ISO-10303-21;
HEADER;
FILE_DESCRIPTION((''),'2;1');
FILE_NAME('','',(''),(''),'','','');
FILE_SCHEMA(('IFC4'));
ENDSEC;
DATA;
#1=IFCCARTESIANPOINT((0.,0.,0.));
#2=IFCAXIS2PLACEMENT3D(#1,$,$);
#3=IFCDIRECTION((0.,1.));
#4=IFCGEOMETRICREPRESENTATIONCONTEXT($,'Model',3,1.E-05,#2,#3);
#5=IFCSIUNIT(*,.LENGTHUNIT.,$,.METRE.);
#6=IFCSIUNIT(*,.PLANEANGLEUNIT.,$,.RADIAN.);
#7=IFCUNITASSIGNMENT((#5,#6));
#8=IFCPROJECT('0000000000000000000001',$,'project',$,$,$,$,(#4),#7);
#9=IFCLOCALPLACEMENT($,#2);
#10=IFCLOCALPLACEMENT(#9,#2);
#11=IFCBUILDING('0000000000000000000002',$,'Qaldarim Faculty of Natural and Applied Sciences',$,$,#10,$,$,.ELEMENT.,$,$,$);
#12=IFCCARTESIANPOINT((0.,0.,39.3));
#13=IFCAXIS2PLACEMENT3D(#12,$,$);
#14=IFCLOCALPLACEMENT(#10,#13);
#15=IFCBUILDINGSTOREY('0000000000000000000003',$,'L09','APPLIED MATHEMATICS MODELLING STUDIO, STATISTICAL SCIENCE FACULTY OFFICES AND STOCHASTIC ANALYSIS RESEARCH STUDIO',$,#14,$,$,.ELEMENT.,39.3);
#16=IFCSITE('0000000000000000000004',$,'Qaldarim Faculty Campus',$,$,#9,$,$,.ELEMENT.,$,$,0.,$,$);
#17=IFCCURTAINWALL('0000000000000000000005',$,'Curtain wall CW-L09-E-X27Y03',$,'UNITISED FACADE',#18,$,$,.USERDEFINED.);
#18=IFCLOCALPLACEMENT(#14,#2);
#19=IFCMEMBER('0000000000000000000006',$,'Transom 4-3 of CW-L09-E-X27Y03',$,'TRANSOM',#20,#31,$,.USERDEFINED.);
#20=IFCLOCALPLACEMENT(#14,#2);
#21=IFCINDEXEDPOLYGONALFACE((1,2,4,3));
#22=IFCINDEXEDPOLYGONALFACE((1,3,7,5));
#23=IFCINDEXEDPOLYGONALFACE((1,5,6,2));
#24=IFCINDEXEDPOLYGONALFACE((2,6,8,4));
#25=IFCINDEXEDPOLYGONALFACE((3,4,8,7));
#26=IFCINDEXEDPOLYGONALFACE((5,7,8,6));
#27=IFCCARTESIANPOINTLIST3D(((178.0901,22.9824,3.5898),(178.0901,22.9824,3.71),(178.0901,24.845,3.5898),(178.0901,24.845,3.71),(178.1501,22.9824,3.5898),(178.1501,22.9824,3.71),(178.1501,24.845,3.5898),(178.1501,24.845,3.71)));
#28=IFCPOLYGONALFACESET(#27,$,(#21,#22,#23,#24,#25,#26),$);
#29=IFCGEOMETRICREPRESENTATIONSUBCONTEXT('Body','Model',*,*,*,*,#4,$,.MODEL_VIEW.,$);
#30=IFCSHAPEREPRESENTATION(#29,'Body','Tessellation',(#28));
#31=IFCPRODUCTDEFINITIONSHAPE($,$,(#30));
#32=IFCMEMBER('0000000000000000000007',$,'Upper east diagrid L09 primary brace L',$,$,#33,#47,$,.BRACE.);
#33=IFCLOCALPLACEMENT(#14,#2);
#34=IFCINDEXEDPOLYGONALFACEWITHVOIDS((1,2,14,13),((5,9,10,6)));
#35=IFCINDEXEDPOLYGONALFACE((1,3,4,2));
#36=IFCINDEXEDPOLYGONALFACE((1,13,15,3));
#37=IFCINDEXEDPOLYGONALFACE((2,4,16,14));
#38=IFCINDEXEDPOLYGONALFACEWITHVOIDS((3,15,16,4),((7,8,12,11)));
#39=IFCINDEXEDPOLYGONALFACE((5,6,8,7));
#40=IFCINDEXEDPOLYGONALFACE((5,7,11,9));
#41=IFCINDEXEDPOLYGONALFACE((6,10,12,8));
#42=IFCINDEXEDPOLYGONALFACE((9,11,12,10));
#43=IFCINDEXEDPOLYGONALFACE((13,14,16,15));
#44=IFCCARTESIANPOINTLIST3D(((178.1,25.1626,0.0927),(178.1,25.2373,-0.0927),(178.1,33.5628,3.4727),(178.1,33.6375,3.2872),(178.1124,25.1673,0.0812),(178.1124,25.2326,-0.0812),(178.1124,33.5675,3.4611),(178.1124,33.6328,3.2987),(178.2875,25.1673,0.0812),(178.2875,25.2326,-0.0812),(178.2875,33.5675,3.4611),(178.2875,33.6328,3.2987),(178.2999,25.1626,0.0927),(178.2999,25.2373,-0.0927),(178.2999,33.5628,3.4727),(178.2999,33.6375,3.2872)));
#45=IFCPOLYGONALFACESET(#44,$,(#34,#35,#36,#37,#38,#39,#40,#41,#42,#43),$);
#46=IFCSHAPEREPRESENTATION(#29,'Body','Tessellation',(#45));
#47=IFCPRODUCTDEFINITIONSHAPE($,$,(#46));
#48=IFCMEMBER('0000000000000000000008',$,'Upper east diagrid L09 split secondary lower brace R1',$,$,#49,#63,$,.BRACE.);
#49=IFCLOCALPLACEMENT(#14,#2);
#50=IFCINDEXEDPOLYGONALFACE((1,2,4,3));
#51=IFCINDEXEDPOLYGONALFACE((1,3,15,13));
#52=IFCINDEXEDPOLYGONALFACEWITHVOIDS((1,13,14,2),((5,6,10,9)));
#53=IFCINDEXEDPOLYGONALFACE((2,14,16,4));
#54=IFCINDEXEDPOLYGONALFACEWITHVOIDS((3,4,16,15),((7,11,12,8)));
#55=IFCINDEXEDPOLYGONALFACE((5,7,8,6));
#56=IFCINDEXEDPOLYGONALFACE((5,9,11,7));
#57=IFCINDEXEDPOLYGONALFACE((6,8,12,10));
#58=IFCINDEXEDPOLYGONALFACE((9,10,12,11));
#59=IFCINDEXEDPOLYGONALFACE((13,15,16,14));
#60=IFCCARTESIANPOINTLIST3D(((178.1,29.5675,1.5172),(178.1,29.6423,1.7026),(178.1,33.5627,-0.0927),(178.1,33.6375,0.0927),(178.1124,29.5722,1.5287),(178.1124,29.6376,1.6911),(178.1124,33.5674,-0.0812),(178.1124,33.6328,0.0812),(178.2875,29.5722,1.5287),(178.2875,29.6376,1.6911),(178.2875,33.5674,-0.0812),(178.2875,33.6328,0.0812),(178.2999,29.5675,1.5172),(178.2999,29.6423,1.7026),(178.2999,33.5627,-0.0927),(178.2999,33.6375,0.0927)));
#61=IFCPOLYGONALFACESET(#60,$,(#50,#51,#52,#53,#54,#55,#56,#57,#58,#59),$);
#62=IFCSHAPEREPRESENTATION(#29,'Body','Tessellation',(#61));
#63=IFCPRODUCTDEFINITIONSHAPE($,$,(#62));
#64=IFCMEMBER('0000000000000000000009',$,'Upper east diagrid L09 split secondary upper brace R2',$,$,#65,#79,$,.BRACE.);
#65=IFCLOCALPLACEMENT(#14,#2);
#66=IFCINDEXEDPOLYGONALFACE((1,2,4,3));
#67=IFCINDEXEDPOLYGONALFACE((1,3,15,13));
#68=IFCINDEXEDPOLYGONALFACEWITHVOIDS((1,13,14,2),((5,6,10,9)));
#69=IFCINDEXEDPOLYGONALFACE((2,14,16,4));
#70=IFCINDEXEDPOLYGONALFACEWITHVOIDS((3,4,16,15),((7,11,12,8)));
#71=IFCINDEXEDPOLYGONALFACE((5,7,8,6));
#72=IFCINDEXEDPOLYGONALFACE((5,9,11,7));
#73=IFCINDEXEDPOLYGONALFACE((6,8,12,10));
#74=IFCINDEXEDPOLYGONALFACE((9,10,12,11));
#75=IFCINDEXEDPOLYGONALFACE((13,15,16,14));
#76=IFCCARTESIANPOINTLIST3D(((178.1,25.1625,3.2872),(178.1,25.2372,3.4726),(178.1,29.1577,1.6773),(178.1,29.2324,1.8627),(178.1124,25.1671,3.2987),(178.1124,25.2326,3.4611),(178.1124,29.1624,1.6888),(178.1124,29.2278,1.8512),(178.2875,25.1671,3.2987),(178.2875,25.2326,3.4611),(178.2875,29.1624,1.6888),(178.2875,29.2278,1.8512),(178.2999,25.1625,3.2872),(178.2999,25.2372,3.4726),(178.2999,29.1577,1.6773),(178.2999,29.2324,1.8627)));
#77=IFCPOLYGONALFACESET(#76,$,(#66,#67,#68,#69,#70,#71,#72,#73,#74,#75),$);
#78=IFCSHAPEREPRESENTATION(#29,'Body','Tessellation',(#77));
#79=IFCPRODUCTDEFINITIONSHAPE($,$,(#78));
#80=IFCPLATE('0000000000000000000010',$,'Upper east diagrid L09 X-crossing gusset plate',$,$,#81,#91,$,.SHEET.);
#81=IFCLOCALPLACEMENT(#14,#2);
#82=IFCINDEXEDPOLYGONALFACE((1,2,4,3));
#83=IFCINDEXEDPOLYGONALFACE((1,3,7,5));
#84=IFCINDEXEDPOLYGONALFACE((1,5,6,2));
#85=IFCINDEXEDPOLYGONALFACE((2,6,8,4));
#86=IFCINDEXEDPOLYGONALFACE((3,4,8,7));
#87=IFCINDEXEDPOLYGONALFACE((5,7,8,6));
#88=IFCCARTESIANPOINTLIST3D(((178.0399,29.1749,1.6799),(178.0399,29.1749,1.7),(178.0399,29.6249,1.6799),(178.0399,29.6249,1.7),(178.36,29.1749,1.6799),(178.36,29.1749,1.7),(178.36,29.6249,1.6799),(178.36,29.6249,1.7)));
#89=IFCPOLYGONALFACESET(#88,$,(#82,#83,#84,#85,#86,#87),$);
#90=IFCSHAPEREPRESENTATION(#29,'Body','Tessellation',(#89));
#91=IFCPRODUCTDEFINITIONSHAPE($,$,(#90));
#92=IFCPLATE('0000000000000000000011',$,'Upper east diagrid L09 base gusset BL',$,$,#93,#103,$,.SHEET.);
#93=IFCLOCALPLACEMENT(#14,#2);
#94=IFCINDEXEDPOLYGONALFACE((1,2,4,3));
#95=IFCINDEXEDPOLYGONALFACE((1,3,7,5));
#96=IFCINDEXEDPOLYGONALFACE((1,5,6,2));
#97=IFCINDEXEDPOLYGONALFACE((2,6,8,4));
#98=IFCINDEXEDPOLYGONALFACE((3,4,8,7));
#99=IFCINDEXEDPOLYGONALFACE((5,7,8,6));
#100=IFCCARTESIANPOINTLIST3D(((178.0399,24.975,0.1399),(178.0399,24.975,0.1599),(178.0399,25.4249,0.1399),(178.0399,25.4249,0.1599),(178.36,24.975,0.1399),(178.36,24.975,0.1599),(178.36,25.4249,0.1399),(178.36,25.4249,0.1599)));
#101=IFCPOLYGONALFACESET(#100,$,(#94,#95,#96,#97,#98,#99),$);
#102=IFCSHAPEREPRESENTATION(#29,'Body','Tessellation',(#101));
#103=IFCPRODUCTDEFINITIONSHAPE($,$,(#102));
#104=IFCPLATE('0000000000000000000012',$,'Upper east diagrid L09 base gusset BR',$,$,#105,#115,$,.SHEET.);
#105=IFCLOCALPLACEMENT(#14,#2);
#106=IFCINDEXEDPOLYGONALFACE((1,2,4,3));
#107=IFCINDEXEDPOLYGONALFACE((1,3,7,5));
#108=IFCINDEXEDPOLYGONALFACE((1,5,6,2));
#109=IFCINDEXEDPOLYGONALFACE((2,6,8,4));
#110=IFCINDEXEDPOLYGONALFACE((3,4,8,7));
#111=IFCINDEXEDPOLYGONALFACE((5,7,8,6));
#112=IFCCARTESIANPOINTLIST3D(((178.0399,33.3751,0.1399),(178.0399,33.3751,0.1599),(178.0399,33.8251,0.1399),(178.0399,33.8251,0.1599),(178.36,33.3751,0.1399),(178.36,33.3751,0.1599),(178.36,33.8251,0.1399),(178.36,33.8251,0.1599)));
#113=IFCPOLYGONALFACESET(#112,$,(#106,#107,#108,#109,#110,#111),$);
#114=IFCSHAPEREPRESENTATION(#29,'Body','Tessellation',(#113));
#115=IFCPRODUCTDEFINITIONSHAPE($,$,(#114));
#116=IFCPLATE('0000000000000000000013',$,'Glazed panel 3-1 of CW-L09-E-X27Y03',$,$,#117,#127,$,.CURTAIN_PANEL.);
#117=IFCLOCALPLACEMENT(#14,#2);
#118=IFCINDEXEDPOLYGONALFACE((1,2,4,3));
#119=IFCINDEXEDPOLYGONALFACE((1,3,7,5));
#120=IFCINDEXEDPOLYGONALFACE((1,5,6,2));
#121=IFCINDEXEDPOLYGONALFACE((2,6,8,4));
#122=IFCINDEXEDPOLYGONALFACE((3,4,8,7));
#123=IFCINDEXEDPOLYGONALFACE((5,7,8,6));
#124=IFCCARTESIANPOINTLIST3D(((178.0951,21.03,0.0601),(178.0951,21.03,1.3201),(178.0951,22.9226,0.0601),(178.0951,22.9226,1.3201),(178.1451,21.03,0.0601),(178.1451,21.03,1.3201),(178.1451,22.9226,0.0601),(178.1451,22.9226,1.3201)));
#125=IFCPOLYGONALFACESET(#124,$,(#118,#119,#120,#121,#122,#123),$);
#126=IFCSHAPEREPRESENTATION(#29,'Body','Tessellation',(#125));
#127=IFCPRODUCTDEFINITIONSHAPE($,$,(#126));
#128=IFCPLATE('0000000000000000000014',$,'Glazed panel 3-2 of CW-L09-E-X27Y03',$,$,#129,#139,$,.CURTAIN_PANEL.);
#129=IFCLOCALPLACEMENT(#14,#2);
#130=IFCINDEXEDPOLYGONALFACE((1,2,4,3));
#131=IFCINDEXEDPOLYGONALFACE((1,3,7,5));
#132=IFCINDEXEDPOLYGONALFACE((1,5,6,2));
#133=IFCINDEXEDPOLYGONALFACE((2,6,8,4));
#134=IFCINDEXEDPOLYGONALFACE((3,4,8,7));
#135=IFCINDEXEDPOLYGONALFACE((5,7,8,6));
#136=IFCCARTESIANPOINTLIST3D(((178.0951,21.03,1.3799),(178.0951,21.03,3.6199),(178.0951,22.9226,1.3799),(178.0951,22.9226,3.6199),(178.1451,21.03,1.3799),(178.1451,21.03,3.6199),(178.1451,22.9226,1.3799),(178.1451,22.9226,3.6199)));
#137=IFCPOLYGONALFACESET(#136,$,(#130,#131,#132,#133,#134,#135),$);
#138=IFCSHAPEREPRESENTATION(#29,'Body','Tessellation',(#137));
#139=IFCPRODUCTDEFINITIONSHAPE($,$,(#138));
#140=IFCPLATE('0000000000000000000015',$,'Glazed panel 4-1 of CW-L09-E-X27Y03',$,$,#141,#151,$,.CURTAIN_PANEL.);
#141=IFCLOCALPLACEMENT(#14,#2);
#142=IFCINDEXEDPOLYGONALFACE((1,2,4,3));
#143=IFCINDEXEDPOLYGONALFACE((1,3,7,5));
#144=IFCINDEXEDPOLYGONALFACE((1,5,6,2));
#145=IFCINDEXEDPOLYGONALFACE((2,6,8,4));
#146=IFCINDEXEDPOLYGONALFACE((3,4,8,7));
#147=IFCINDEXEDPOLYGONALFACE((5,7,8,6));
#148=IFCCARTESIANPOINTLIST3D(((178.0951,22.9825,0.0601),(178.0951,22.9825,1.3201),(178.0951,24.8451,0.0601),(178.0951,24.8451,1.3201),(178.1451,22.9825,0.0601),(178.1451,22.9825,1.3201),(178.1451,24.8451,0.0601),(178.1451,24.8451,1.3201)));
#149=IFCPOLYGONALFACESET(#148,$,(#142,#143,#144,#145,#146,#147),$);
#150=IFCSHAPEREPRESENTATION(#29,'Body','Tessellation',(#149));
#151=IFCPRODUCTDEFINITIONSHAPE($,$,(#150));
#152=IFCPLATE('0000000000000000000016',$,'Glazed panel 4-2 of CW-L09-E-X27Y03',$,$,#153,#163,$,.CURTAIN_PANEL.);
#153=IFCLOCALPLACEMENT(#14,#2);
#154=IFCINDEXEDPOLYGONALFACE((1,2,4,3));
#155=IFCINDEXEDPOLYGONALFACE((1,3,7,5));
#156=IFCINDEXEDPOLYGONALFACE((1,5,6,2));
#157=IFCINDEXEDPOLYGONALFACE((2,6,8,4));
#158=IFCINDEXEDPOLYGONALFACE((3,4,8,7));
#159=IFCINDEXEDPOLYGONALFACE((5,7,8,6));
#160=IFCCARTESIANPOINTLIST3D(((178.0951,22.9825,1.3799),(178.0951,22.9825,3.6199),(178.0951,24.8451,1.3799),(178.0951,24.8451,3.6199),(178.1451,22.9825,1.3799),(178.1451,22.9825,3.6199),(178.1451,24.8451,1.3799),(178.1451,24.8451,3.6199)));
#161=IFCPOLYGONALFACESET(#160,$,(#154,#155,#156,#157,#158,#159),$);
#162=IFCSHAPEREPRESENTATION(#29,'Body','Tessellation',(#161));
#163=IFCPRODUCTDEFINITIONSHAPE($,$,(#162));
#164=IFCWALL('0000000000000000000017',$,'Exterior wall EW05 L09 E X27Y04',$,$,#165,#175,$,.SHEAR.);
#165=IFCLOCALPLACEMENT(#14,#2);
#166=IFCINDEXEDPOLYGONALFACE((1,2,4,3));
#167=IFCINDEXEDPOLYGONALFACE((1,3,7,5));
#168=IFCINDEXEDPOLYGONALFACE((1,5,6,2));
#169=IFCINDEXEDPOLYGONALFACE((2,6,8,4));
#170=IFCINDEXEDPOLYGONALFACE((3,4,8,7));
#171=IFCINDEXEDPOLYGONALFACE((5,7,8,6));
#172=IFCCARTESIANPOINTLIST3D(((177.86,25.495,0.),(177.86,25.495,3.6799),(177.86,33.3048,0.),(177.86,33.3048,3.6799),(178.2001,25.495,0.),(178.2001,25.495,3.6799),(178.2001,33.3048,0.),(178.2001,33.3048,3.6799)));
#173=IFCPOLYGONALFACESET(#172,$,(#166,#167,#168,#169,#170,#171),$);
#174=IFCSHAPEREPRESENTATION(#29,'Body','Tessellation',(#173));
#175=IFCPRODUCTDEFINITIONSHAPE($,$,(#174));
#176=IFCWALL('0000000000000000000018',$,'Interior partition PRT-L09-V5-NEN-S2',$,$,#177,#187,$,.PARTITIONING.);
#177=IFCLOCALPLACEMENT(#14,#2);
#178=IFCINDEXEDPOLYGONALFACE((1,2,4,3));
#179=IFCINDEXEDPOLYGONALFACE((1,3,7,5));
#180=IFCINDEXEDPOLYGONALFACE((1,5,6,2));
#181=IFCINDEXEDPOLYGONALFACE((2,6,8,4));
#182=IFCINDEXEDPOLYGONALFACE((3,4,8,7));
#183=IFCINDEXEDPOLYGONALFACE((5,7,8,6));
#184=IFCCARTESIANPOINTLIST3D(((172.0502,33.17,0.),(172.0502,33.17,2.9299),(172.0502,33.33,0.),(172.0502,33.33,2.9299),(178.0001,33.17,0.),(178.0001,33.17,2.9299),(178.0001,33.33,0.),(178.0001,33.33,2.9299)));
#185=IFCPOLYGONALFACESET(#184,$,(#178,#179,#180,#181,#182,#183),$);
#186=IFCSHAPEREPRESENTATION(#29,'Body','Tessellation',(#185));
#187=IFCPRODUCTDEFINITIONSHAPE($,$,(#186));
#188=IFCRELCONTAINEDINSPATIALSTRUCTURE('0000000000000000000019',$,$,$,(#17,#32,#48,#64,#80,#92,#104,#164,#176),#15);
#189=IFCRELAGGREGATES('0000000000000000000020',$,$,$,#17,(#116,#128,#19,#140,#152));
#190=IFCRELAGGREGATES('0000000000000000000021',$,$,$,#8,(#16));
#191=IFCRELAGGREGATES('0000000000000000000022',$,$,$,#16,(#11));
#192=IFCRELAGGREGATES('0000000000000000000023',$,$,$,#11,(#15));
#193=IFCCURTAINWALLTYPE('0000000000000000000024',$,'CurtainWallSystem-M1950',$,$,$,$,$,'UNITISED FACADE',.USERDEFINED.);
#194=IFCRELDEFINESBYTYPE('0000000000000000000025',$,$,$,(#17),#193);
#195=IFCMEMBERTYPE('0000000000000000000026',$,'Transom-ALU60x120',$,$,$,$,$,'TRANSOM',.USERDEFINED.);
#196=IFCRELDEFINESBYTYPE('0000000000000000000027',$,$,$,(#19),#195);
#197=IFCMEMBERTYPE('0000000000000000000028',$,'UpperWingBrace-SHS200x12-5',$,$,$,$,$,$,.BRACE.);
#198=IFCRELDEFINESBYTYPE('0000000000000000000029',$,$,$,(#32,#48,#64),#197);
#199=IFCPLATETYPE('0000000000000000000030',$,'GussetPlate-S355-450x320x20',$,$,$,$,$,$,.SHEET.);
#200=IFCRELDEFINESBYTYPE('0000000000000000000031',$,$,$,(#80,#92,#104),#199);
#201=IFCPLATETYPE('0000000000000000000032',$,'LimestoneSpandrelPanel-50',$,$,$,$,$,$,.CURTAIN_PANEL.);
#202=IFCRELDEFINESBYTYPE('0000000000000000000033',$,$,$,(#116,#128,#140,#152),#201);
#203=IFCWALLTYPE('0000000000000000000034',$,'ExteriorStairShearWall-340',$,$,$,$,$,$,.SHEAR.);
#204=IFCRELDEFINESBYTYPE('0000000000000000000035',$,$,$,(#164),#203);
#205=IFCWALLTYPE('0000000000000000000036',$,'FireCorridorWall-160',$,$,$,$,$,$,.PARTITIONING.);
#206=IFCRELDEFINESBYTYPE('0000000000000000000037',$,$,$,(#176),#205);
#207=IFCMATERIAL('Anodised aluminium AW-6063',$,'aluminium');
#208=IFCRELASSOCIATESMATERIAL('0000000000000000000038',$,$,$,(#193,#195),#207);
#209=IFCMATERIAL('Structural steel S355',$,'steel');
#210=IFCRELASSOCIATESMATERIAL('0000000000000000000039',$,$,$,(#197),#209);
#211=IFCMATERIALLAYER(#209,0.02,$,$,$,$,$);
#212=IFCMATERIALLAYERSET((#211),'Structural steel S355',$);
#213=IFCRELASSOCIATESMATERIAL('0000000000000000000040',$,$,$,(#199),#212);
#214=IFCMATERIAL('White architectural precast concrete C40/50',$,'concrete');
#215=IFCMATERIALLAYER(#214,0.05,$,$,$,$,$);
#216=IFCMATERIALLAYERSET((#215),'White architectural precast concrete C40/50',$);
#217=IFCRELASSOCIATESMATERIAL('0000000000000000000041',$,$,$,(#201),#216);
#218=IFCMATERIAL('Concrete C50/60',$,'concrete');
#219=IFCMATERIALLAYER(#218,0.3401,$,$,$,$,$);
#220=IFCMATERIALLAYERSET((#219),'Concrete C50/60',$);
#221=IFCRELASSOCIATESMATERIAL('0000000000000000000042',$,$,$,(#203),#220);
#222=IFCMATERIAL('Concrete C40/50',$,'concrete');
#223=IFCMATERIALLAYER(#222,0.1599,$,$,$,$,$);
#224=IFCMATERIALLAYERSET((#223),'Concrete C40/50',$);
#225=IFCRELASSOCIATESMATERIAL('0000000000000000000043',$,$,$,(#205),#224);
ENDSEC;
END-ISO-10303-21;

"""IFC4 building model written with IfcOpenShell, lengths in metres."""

from ifc_helpers import new_model, si_unit, direction, frame, frame_2d, origin, origin_2d, place, context, subcontext, project, spatial, rectangle, hollow_rectangle, extrude, material, layer, layer_set, material_profile, profile_set, type_object, element, aggregate, save


model = new_model("IFC4")

# Units and contexts
model_context = context("Model", 3, precision=1e-05, world=origin(), true_north=direction((0.0, 1.0)))
body_context = subcontext(model_context, "Body", "Model", "MODEL_VIEW")
ifc_project = project(units=[si_unit("LENGTHUNIT", "METRE"), si_unit("PLANEANGLEUNIT", "RADIAN")], contexts=[model_context])

# Site, building, storey
site_placement = place(None, origin())
site = spatial("IfcSite", under=ifc_project, at=site_placement, Name="Qaldarim Faculty Campus", CompositionType="ELEMENT", RefElevation=0.0)
building_placement = place(site_placement, origin())
building = spatial("IfcBuilding", under=site, at=building_placement, Name="Qaldarim Faculty of Natural and Applied Sciences", CompositionType="ELEMENT")
storey_placement = place(building_placement, frame((0.0, 0.0, 39.3)))
storey = spatial("IfcBuildingStorey", under=building, at=storey_placement, Name="L09", Description="APPLIED MATHEMATICS MODELLING STUDIO, STATISTICAL SCIENCE FACULTY OFFICES AND STOCHASTIC ANALYSIS RESEARCH STUDIO", CompositionType="ELEMENT", Elevation=39.3)

# Shared definitions
ifc_material_1 = material(Name="Concrete C50/60", Category="concrete")

# Shared definitions
ifc_material_2 = material(Name="Concrete C40/50", Category="concrete")

# Curtain wall
ifc_material_3 = material(Name="Anodised aluminium AW-6063", Category="aluminium")
curtain_wall_type = type_object("IfcCurtainWallType", Name="CurtainWallSystem-M1950", ElementType="UNITISED FACADE", PredefinedType="USERDEFINED", material=ifc_material_3)
curtain_wall_placement = place(storey_placement, origin())
curtain_wall = element("IfcCurtainWall", 1, at=curtain_wall_placement, inside=storey, type_object=curtain_wall_type, Name="Curtain wall CW-L09-E-X27Y03", ObjectType="UNITISED FACADE", PredefinedType="USERDEFINED")

# Member
ifc_material_profile_1 = material_profile(ifc_material_3, rectangle(XDim=0.0601, YDim=0.1201, at=origin_2d()), Name="ALU-T60x120")
ifc_profile_set_1 = profile_set([ifc_material_profile_1], Name="Anodised aluminium AW-6063")
member_type_1 = type_object("IfcMemberType", Name="Transom-ALU60x120", ElementType="TRANSOM", PredefinedType="USERDEFINED", material=ifc_profile_set_1)
member_1_placement = place(storey_placement, frame((178.1201, 22.9824, 3.6499), z_axis=(0.0, 1.0, 0.0), x_axis=(-1.0, 0.0, 0.0)))
member_1 = element("IfcMember", 2, at=member_1_placement, type_object=member_type_1, Name="Transom 4-3 of CW-L09-E-X27Y03", ObjectType="TRANSOM", PredefinedType="USERDEFINED", context=body_context, shape_type="SweptSolid", body=[
    extrude(rectangle(XDim=0.0601, YDim=0.1201, at=origin_2d()), origin(), (0.0, 0.0, 1.0), 1.8625),
])

# Members
ifc_material_4 = material(Name="Structural steel S355", Category="steel")
ifc_material_profile_2 = material_profile(ifc_material_4, hollow_rectangle(XDim=0.2, YDim=0.2, WallThickness=0.0125, at=origin_2d()), Name="SHS 200x200x12.5")
ifc_profile_set_2 = profile_set([ifc_material_profile_2], Name="Structural steel S355")
member_type_2 = type_object("IfcMemberType", Name="UpperWingBrace-SHS200x12-5", PredefinedType="BRACE", material=ifc_profile_set_2)
member_2_placement = place(storey_placement, frame((178.2, 25.2, 0.0), z_axis=(0.0, 0.92772, 0.373277), x_axis=(-1.0, 0.0, 0.0)))
element("IfcMember", 3, at=member_2_placement, inside=storey, type_object=member_type_2, Name="Upper east diagrid L09 primary brace L", PredefinedType="BRACE", context=body_context, shape_type="SweptSolid", body=[
    extrude(hollow_rectangle(XDim=0.2, YDim=0.2, WallThickness=0.0125, at=origin_2d()), origin(), (0.0, 0.0, 1.0), 9.0547),
])
for number, where, z_axis, x_axis, name in (
    (4, (178.2, 33.6001, 0.0), (0.0, -0.927528, 0.373754), (1.0, 0.0, 0.0), "Upper east diagrid L09 split secondary lower brace R1"),
    (5, (178.2, 29.1951, 1.77), (0.0, -0.927528, 0.373754), (1.0, 0.0, 0.0), "Upper east diagrid L09 split secondary upper brace R2"),
):
    element("IfcMember", number, at=place(storey_placement, frame(where, z_axis=z_axis, x_axis=x_axis)), inside=storey, type_object=member_type_2, Name=name, PredefinedType="BRACE", context=body_context, shape_type="SweptSolid", body=[
        extrude(hollow_rectangle(XDim=0.2, YDim=0.2, WallThickness=0.0125, at=origin_2d()), origin(), (0.0, 0.0, 1.0), 4.3074),
    ])

# Plates
ifc_layer_1 = layer(ifc_material_4, 0.02)
ifc_layer_set_1 = layer_set([ifc_layer_1], Name="Structural steel S355")
plate_type_1 = type_object("IfcPlateType", Name="GussetPlate-S355-450x320x20", PredefinedType="SHEET", material=ifc_layer_set_1)
for number, where, z_axis, x_axis, name in (
    (6, (178.2, 29.3999, 1.6799), (0.0, 0.0, 1.0), (0.0, 1.0, 0.0), "Upper east diagrid L09 X-crossing gusset plate"),
    (7, (178.2, 25.2, 0.1399), (0.0, 0.0, 1.0), (0.0, 1.0, 0.0), "Upper east diagrid L09 base gusset BL"),
    (8, (178.2, 33.6001, 0.1399), (0.0, 0.0, 1.0), (0.0, 1.0, 0.0), "Upper east diagrid L09 base gusset BR"),
):
    element("IfcPlate", number, at=place(storey_placement, frame(where, z_axis=z_axis, x_axis=x_axis)), inside=storey, type_object=plate_type_1, Name=name, PredefinedType="SHEET", context=body_context, shape_type="SweptSolid", body=[
        extrude(rectangle(XDim=0.45, YDim=0.3201, at=origin_2d()), origin(), (0.0, 0.0, 1.0), 0.02),
    ])

# Plates
ifc_material_5 = material(Name="White architectural precast concrete C40/50", Category="concrete")
ifc_layer_2 = layer(ifc_material_5, 0.05)
ifc_layer_set_2 = layer_set([ifc_layer_2], Name="White architectural precast concrete C40/50")
plate_type_2 = type_object("IfcPlateType", Name="LimestoneSpandrelPanel-50", PredefinedType="CURTAIN_PANEL", material=ifc_layer_set_2)
plate_1_placement = place(storey_placement, frame((178.1201, 21.9763, 0.0601), z_axis=(0.0, 0.0, 1.0), x_axis=(0.0, 1.0, 0.0)))
plate_1 = element("IfcPlate", 9, at=plate_1_placement, type_object=plate_type_2, Name="Glazed panel 3-1 of CW-L09-E-X27Y03", PredefinedType="CURTAIN_PANEL", context=body_context, shape_type="SweptSolid", body=[
    extrude(rectangle(XDim=1.8926, YDim=0.05, at=origin_2d()), origin(), (0.0, 0.0, 1.0), 1.26),
])
plate_2_placement = place(storey_placement, frame((178.1201, 21.9763, 1.3799), z_axis=(0.0, 0.0, 1.0), x_axis=(0.0, 1.0, 0.0)))
plate_2 = element("IfcPlate", 10, at=plate_2_placement, type_object=plate_type_2, Name="Glazed panel 3-2 of CW-L09-E-X27Y03", PredefinedType="CURTAIN_PANEL", context=body_context, shape_type="SweptSolid", body=[
    extrude(rectangle(XDim=1.8926, YDim=0.05, at=origin_2d()), origin(), (0.0, 0.0, 1.0), 2.24),
])
plate_3_placement = place(storey_placement, frame((178.1201, 23.9138, 0.0601), z_axis=(0.0, 0.0, 1.0), x_axis=(0.0, 1.0, 0.0)))
plate_3 = element("IfcPlate", 11, at=plate_3_placement, type_object=plate_type_2, Name="Glazed panel 4-1 of CW-L09-E-X27Y03", PredefinedType="CURTAIN_PANEL", context=body_context, shape_type="SweptSolid", body=[
    extrude(rectangle(XDim=1.8625, YDim=0.05, at=origin_2d()), origin(), (0.0, 0.0, 1.0), 1.26),
])
plate_4_placement = place(storey_placement, frame((178.1201, 23.9138, 1.3799), z_axis=(0.0, 0.0, 1.0), x_axis=(0.0, 1.0, 0.0)))
plate_4 = element("IfcPlate", 12, at=plate_4_placement, type_object=plate_type_2, Name="Glazed panel 4-2 of CW-L09-E-X27Y03", PredefinedType="CURTAIN_PANEL", context=body_context, shape_type="SweptSolid", body=[
    extrude(rectangle(XDim=1.8625, YDim=0.05, at=origin_2d()), origin(), (0.0, 0.0, 1.0), 2.24),
])
aggregate(curtain_wall, [plate_1, plate_2, member_1, plate_3, plate_4])

# Walls
ifc_layer_3 = layer(ifc_material_1, 0.3401)
ifc_layer_set_3 = layer_set([ifc_layer_3], Name="Concrete C50/60")
wall_type_1 = type_object("IfcWallType", Name="ExteriorStairShearWall-340", PredefinedType="SHEAR", material=ifc_layer_set_3)
wall_1_placement = place(storey_placement, frame((178.03, 25.4951, 0.0), z_axis=(0.0, 0.0, 1.0), x_axis=(0.0, 1.0, 0.0)))
element("IfcWall", 13, at=wall_1_placement, inside=storey, type_object=wall_type_1, Name="Exterior wall EW05 L09 E X27Y04", PredefinedType="SHEAR", context=body_context, shape_type="SweptSolid", body=[
    extrude(rectangle(XDim=7.8098, YDim=0.3401, at=frame_2d((3.9048, 0.0))), origin(), (0.0, 0.0, 1.0), 3.6799),
])
ifc_layer_4 = layer(ifc_material_2, 0.1599)
ifc_layer_set_4 = layer_set([ifc_layer_4], Name="Concrete C40/50")
wall_type_2 = type_object("IfcWallType", Name="FireCorridorWall-160", PredefinedType="PARTITIONING", material=ifc_layer_set_4)
wall_2_placement = place(storey_placement, frame((172.05, 33.25, 0.0), z_axis=(0.0, 0.0, 1.0), x_axis=(1.0, 0.0, 0.0)))
element("IfcWall", 14, at=wall_2_placement, inside=storey, type_object=wall_type_2, Name="Interior partition PRT-L09-V5-NEN-S2", PredefinedType="PARTITIONING", context=body_context, shape_type="SweptSolid", body=[
    extrude(rectangle(XDim=5.95, YDim=0.1599, at=frame_2d((2.9751, 0.0))), origin(), (0.0, 0.0, 1.0), 2.9299),
])

save(model, "model.ifc")
